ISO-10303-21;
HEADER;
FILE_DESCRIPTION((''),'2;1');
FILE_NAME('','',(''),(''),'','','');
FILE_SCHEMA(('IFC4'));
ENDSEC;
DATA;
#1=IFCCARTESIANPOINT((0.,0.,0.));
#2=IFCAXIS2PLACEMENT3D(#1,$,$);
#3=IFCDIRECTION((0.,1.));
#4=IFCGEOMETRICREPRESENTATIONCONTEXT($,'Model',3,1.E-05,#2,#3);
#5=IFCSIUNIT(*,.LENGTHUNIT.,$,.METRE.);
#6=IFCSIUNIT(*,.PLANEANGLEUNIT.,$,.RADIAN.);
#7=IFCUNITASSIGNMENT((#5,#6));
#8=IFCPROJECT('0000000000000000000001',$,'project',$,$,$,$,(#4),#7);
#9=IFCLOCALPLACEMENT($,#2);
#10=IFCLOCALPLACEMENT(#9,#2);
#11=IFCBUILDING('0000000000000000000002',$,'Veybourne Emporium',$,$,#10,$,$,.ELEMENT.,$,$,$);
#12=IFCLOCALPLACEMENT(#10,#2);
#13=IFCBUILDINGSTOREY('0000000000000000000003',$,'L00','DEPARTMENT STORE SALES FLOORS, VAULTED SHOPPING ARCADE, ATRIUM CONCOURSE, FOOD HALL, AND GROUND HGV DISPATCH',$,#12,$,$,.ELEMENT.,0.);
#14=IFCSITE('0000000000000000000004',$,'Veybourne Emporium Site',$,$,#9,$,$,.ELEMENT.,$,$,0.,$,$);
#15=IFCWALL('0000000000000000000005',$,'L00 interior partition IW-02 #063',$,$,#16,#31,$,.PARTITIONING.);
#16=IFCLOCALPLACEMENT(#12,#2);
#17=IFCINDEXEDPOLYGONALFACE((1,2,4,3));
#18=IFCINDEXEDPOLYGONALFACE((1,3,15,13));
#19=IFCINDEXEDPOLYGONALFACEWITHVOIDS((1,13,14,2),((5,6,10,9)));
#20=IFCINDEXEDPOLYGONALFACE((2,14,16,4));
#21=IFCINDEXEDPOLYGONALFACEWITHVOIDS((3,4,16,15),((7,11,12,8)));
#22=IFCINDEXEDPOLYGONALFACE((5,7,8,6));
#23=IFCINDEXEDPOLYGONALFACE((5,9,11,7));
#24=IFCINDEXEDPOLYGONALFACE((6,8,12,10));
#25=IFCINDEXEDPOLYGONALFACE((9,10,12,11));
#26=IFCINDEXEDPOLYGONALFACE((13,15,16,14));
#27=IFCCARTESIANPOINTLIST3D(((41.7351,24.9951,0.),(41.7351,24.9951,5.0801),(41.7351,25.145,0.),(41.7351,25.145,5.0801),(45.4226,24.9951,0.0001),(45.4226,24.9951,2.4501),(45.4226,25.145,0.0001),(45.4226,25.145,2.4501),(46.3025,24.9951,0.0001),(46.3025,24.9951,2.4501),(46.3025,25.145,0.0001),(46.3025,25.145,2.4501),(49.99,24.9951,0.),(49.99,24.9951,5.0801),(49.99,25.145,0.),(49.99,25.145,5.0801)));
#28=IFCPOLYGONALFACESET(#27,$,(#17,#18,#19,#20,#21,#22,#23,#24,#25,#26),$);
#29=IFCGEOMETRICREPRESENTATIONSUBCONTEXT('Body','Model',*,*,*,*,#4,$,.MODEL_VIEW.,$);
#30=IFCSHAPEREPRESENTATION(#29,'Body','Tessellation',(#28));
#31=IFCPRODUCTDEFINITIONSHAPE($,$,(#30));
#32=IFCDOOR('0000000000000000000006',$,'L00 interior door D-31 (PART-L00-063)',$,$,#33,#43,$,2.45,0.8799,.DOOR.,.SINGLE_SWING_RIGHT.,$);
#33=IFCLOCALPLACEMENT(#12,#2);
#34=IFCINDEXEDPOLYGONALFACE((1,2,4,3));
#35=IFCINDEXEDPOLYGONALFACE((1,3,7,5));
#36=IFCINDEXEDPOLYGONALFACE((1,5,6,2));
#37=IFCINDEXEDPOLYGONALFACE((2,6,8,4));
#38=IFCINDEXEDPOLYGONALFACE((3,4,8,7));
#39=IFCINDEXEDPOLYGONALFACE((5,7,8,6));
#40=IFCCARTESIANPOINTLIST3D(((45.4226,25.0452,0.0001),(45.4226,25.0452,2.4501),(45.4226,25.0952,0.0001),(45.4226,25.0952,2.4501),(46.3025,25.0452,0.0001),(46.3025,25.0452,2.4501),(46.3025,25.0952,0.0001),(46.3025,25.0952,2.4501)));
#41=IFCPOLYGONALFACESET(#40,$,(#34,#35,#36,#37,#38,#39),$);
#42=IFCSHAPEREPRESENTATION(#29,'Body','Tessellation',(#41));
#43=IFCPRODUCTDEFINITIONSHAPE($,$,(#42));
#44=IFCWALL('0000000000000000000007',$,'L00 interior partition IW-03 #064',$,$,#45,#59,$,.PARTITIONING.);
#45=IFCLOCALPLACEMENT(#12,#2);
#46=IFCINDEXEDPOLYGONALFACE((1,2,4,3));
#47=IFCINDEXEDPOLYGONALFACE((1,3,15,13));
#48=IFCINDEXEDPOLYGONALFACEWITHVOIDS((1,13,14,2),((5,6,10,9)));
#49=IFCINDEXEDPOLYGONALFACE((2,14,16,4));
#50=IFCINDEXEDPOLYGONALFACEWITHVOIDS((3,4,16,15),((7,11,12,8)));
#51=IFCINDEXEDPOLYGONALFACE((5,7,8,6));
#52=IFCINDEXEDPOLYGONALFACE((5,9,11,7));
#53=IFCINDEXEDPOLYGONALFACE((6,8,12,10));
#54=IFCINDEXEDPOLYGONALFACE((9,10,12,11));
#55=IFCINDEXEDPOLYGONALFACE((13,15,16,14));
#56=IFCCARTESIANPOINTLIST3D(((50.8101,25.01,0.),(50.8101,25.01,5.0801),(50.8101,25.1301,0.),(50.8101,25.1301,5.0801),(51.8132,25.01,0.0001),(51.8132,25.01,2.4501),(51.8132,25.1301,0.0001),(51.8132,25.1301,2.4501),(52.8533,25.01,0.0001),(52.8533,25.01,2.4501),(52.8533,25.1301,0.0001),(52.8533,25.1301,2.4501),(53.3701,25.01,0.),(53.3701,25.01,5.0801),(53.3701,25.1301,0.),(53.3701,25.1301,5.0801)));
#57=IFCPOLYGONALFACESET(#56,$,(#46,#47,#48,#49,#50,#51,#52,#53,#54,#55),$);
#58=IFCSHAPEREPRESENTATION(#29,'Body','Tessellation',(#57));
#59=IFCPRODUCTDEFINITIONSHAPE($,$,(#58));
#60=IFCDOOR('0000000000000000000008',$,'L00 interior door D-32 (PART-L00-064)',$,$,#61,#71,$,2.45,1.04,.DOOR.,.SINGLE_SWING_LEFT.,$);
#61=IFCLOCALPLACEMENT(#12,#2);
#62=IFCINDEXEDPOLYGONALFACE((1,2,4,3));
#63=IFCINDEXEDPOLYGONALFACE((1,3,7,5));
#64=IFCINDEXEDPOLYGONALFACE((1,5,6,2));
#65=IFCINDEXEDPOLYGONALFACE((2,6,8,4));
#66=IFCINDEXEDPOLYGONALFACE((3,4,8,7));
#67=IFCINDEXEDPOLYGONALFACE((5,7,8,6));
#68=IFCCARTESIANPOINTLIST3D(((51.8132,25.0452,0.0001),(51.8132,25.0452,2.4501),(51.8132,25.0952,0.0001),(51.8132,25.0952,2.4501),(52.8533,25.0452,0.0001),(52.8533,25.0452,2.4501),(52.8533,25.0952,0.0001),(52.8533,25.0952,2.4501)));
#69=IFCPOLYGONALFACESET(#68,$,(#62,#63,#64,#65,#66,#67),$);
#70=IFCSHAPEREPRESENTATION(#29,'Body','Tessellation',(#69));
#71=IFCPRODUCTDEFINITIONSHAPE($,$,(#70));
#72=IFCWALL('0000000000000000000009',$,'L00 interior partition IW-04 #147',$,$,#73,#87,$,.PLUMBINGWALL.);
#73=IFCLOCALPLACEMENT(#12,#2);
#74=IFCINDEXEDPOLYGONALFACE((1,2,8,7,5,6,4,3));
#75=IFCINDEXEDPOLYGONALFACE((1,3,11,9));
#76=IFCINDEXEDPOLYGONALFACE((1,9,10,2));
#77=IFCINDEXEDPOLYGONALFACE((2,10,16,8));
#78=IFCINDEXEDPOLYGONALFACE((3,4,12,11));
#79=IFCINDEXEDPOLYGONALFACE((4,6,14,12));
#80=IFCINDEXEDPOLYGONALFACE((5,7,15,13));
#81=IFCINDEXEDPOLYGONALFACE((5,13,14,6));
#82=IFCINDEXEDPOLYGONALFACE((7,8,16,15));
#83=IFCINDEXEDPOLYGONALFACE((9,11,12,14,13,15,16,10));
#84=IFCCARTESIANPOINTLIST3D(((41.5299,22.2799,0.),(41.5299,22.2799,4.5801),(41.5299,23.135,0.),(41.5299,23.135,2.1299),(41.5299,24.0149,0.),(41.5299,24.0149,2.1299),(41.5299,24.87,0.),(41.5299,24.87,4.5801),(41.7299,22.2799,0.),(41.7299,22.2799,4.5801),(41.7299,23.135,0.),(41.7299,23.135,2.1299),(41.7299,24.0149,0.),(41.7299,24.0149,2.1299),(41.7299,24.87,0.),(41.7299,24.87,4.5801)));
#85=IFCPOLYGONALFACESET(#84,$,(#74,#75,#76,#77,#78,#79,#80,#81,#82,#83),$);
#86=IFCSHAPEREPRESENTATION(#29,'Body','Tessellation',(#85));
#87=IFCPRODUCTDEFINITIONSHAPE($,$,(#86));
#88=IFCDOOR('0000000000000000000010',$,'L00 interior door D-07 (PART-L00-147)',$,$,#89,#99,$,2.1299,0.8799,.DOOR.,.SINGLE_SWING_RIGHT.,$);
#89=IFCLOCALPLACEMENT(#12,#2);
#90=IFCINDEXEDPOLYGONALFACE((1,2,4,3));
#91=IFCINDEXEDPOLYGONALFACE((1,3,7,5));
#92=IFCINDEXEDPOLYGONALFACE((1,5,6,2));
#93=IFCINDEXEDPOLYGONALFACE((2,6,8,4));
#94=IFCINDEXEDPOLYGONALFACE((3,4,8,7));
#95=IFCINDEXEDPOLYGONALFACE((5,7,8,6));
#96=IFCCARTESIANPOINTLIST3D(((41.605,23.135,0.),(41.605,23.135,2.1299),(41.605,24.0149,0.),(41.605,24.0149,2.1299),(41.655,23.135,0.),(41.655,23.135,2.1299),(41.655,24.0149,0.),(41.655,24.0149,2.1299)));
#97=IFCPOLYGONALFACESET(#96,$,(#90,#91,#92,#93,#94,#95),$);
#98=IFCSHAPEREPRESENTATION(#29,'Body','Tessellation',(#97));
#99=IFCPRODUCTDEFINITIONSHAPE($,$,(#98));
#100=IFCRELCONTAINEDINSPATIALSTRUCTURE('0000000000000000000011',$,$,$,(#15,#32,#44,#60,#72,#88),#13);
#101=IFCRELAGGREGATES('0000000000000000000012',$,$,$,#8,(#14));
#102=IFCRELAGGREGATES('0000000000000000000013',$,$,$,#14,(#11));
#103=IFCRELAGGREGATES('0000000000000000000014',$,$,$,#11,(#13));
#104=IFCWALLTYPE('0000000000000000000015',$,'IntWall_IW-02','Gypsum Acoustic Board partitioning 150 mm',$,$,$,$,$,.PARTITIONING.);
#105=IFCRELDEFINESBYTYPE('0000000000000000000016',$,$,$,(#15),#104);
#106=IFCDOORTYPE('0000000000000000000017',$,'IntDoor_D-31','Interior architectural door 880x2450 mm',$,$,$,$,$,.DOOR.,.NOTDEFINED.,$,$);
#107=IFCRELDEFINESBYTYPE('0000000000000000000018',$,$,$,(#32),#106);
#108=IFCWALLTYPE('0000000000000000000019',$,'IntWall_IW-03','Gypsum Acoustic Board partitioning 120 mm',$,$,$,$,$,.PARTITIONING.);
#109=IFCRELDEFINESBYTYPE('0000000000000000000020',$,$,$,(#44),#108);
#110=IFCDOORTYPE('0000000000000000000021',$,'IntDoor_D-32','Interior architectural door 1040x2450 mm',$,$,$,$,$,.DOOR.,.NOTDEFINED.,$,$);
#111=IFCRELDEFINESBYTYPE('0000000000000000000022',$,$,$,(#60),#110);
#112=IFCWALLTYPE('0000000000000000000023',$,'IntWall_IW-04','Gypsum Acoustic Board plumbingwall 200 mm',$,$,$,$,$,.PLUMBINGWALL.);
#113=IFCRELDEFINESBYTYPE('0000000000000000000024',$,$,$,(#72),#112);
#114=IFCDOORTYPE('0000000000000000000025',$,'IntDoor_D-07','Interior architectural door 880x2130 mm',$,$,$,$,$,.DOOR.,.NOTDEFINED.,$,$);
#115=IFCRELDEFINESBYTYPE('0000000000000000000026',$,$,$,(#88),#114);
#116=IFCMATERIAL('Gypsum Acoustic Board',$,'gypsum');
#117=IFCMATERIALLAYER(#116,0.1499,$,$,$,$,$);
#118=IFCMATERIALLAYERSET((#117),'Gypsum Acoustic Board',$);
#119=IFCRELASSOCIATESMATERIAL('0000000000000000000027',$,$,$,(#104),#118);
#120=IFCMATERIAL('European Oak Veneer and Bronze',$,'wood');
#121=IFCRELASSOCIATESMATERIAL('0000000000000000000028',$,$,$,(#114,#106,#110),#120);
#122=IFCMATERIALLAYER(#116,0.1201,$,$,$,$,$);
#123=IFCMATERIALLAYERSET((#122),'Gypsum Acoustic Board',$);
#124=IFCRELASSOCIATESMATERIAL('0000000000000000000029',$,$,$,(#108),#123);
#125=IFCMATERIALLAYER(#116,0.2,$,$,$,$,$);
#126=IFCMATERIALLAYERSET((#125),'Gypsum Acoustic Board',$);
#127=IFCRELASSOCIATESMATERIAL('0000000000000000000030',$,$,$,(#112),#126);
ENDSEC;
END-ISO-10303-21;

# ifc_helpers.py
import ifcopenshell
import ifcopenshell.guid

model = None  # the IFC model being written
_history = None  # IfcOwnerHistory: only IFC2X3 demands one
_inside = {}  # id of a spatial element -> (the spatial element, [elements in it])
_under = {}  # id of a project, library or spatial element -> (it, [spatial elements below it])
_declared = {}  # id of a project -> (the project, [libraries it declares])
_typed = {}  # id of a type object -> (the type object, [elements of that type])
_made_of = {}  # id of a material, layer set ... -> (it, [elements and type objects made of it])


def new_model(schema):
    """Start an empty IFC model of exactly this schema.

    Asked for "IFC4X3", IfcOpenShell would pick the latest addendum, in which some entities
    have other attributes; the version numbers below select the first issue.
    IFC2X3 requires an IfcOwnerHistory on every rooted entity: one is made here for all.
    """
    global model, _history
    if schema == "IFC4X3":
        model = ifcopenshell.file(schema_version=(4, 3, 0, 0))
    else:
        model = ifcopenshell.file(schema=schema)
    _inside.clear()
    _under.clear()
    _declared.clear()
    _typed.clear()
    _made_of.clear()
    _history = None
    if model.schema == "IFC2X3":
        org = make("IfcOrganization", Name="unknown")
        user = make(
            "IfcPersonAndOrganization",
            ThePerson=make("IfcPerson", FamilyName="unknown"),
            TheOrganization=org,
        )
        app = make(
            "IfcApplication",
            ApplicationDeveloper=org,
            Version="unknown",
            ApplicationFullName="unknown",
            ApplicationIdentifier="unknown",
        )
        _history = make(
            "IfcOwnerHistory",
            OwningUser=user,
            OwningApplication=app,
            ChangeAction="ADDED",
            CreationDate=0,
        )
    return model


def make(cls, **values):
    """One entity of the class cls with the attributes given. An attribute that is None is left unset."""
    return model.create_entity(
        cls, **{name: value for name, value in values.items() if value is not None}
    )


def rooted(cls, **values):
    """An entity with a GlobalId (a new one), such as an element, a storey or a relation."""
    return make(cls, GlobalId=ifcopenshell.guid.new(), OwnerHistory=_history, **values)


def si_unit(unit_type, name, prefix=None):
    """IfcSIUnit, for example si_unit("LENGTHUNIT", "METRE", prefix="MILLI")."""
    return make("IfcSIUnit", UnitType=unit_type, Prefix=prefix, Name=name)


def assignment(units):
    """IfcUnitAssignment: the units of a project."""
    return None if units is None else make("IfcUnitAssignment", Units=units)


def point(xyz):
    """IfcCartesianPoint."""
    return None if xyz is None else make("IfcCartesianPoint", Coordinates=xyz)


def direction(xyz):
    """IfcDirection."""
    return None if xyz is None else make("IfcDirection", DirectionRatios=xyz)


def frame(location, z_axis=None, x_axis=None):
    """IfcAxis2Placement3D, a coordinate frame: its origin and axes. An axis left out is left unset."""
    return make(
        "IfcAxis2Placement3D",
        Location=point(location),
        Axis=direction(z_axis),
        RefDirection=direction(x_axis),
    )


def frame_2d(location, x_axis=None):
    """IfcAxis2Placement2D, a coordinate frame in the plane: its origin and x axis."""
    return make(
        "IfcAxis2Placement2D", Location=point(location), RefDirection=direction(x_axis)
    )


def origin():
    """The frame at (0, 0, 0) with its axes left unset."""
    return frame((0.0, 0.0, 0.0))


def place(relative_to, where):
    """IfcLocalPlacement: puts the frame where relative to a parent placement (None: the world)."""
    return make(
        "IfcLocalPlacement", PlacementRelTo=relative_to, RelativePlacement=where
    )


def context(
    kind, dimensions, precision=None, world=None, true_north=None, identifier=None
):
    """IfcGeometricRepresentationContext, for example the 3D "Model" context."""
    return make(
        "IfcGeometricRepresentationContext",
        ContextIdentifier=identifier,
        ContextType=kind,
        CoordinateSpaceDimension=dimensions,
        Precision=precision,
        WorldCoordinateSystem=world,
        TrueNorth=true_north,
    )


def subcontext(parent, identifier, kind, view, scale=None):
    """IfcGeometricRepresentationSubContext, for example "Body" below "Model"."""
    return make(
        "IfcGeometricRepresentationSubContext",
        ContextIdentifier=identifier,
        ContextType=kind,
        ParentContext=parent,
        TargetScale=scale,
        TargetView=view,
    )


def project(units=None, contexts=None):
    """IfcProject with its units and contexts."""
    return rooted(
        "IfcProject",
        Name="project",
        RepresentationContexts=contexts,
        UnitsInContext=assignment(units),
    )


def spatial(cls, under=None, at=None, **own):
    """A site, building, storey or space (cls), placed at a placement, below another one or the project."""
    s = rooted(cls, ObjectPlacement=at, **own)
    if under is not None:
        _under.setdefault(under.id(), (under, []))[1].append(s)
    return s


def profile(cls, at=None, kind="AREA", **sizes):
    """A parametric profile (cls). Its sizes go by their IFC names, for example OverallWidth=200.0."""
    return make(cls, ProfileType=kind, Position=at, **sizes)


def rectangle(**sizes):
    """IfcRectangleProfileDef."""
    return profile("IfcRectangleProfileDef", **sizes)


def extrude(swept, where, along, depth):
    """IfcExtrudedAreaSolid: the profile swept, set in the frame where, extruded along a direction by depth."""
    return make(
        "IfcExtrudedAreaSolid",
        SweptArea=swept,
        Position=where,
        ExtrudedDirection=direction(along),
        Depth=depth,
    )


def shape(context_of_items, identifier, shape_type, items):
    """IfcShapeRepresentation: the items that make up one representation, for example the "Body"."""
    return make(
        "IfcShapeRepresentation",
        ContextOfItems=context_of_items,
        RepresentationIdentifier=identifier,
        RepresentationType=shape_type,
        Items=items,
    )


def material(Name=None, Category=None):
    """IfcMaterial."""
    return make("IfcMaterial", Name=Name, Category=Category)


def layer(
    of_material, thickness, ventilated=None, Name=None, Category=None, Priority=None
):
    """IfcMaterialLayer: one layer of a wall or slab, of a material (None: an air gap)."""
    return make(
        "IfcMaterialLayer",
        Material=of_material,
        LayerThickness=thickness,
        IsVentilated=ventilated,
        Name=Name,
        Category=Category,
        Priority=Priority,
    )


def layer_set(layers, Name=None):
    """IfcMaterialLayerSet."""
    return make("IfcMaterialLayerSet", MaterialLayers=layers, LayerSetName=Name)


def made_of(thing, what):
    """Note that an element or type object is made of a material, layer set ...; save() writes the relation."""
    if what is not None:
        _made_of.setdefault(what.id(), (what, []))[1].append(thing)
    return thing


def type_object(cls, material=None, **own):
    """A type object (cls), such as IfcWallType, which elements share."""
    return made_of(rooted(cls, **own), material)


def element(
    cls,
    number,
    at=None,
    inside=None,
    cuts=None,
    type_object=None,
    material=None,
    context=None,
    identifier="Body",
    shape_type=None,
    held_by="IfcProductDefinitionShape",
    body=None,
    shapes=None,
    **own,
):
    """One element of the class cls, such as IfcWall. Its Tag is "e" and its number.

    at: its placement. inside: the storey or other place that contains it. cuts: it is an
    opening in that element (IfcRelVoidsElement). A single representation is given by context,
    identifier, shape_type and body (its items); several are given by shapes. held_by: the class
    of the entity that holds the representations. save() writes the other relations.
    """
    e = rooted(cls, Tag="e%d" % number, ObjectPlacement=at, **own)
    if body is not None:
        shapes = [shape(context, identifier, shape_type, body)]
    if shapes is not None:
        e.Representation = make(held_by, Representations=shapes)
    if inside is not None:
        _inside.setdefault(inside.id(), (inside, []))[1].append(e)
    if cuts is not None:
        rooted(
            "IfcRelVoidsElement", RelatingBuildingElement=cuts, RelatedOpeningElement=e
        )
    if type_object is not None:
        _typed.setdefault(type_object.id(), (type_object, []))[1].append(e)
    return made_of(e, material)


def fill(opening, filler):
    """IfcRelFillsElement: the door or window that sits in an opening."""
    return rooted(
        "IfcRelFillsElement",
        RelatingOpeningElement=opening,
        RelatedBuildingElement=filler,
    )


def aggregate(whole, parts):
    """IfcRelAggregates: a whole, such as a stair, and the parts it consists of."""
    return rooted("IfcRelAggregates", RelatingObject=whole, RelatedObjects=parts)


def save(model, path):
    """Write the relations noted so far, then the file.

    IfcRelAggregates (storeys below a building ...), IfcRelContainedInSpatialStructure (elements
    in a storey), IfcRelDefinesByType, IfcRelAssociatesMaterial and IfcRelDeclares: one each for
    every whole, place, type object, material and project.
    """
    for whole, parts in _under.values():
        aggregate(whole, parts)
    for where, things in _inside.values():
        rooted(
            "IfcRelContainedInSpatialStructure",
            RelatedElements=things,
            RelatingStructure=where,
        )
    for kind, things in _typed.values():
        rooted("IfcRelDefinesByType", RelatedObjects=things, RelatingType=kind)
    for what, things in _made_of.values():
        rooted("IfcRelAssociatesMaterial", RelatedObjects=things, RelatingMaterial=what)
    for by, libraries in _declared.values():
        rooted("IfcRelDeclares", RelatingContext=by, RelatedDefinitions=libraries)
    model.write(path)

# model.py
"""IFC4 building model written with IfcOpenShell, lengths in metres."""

from ifc_helpers import new_model, si_unit, direction, frame, frame_2d, origin, place, context, subcontext, project, spatial, rectangle, extrude, material, layer, layer_set, type_object, element, fill, save


model = new_model("IFC4")

# Units and contexts
model_context = context("Model", 3, precision=1e-05, world=origin(), true_north=direction((0.0, 1.0)))
body_context = subcontext(model_context, "Body", "Model", "MODEL_VIEW")
ifc_project = project(units=[si_unit("LENGTHUNIT", "METRE"), si_unit("PLANEANGLEUNIT", "RADIAN")], contexts=[model_context])

# Site, building, storey
site_placement = place(None, origin())
site = spatial("IfcSite", under=ifc_project, at=site_placement, Name="Veybourne Emporium Site", CompositionType="ELEMENT", RefElevation=0.0)
building_placement = place(site_placement, origin())
building = spatial("IfcBuilding", under=site, at=building_placement, Name="Veybourne Emporium", CompositionType="ELEMENT")
storey_placement = place(building_placement, origin())
storey = spatial("IfcBuildingStorey", under=building, at=storey_placement, Name="L00", Description="DEPARTMENT STORE SALES FLOORS, VAULTED SHOPPING ARCADE, ATRIUM CONCOURSE, FOOD HALL, AND GROUND HGV DISPATCH", CompositionType="ELEMENT", Elevation=0.0)

# Walls, openings, doors
ifc_material_1 = material(Name="Gypsum Acoustic Board", Category="gypsum")
ifc_layer_1 = layer(ifc_material_1, 0.1499)
ifc_layer_set_1 = layer_set([ifc_layer_1], Name="Gypsum Acoustic Board")
wall_type_1 = type_object("IfcWallType", Name="IntWall_IW-02", Description="Gypsum Acoustic Board partitioning 150 mm", PredefinedType="PARTITIONING", material=ifc_layer_set_1)
ifc_material_2 = material(Name="European Oak Veneer and Bronze", Category="wood")
door_type_1 = type_object("IfcDoorType", Name="IntDoor_D-07", Description="Interior architectural door 880x2130 mm", OperationType="NOTDEFINED", PredefinedType="DOOR", material=ifc_material_2)
wall_1_placement = place(storey_placement, frame((41.7351, 25.0701, 0.0), z_axis=(0.0, 0.0, 1.0), x_axis=(1.0, 0.0, 0.0)))
wall_1 = element("IfcWall", 1, at=wall_1_placement, inside=storey, type_object=wall_type_1, Name="L00 interior partition IW-02 #063", PredefinedType="PARTITIONING", context=body_context, shape_type="SweptSolid", body=[
    extrude(rectangle(XDim=8.2549, YDim=0.1499, at=frame_2d((4.1274, 0.0))), origin(), (0.0, 0.0, 1.0), 5.0801),
])
opening_1_placement = place(wall_1_placement, frame((3.6875, 0.0, 0.0)))
opening_1 = element("IfcOpeningElement", 2, at=opening_1_placement, cuts=wall_1, PredefinedType="OPENING", context=body_context, shape_type="SweptSolid", body=[
    extrude(rectangle(XDim=0.8799, YDim=2.45, at=frame_2d((0.4399, 1.2251))), frame((0.0, 0.095, 0.0), z_axis=(0.0, -1.0, 0.0), x_axis=(1.0, 0.0, 0.0)), (0.0, 0.0, 1.0), 0.1899),
])
door_type_2 = type_object("IfcDoorType", Name="IntDoor_D-31", Description="Interior architectural door 880x2450 mm", OperationType="NOTDEFINED", PredefinedType="DOOR", material=ifc_material_2)
door_1_placement = place(opening_1_placement, frame((0.8799, 0.0, 0.0), z_axis=(0.0, 0.0, 1.0), x_axis=(-1.0, 0.0, 0.0)))
door_1 = element("IfcDoor", 3, at=door_1_placement, inside=storey, type_object=door_type_2, Name="L00 interior door D-31 (PART-L00-063)", OperationType="SINGLE_SWING_RIGHT", OverallHeight=2.45, OverallWidth=0.8799, PredefinedType="DOOR", context=body_context, shape_type="SweptSolid", body=[
    extrude(rectangle(XDim=0.8799, YDim=2.45, at=frame_2d((0.4399, 1.2251))), frame((0.0, 0.0249, 0.0), z_axis=(0.0, -1.0, 0.0), x_axis=(1.0, 0.0, 0.0)), (0.0, 0.0, 1.0), 0.05),
])
fill(opening_1, door_1)
ifc_layer_2 = layer(ifc_material_1, 0.1201)
ifc_layer_set_2 = layer_set([ifc_layer_2], Name="Gypsum Acoustic Board")
wall_type_2 = type_object("IfcWallType", Name="IntWall_IW-03", Description="Gypsum Acoustic Board partitioning 120 mm", PredefinedType="PARTITIONING", material=ifc_layer_set_2)
wall_2_placement = place(storey_placement, frame((50.8101, 25.0701, 0.0), z_axis=(0.0, 0.0, 1.0), x_axis=(1.0, 0.0, 0.0)))
wall_2 = element("IfcWall", 4, at=wall_2_placement, inside=storey, type_object=wall_type_2, Name="L00 interior partition IW-03 #064", PredefinedType="PARTITIONING", context=body_context, shape_type="SweptSolid", body=[
    extrude(rectangle(XDim=2.5601, YDim=0.1201, at=frame_2d((1.28, 0.0))), origin(), (0.0, 0.0, 1.0), 5.0801),
])
opening_2_placement = place(wall_2_placement, frame((1.0032, 0.0, 0.0)))
opening_2 = element("IfcOpeningElement", 5, at=opening_2_placement, cuts=wall_2, PredefinedType="OPENING", context=body_context, shape_type="SweptSolid", body=[
    extrude(rectangle(XDim=1.04, YDim=2.45, at=frame_2d((0.52, 1.2251))), frame((0.0, 0.0801, 0.0), z_axis=(0.0, -1.0, 0.0), x_axis=(1.0, 0.0, 0.0)), (0.0, 0.0, 1.0), 0.1602),
])
door_type_3 = type_object("IfcDoorType", Name="IntDoor_D-32", Description="Interior architectural door 1040x2450 mm", OperationType="NOTDEFINED", PredefinedType="DOOR", material=ifc_material_2)
door_2_placement = place(opening_2_placement, frame((1.04, 0.0, 0.0), z_axis=(0.0, 0.0, 1.0), x_axis=(-1.0, 0.0, 0.0)))
door_2 = element("IfcDoor", 6, at=door_2_placement, inside=storey, type_object=door_type_3, Name="L00 interior door D-32 (PART-L00-064)", OperationType="SINGLE_SWING_LEFT", OverallHeight=2.45, OverallWidth=1.04, PredefinedType="DOOR", context=body_context, shape_type="SweptSolid", body=[
    extrude(rectangle(XDim=1.04, YDim=2.45, at=frame_2d((0.52, 1.2251))), frame((0.0, 0.0249, 0.0), z_axis=(0.0, -1.0, 0.0), x_axis=(1.0, 0.0, 0.0)), (0.0, 0.0, 1.0), 0.05),
])
fill(opening_2, door_2)
ifc_layer_3 = layer(ifc_material_1, 0.2)
ifc_layer_set_3 = layer_set([ifc_layer_3], Name="Gypsum Acoustic Board")
wall_type_3 = type_object("IfcWallType", Name="IntWall_IW-04", Description="Gypsum Acoustic Board plumbingwall 200 mm", PredefinedType="PLUMBINGWALL", material=ifc_layer_set_3)
wall_3_placement = place(storey_placement, frame((41.6299, 22.28, 0.0), z_axis=(0.0, 0.0, 1.0), x_axis=(0.0, 1.0, 0.0)))
wall_3 = element("IfcWall", 7, at=wall_3_placement, inside=storey, type_object=wall_type_3, Name="L00 interior partition IW-04 #147", PredefinedType="PLUMBINGWALL", context=body_context, shape_type="SweptSolid", body=[
    extrude(rectangle(XDim=2.5901, YDim=0.2, at=frame_2d((1.2949, 0.0))), origin(), (0.0, 0.0, 1.0), 4.5801),
])
opening_3_placement = place(wall_3_placement, frame((0.855, 0.0, 0.0)))
opening_3 = element("IfcOpeningElement", 8, at=opening_3_placement, cuts=wall_3, PredefinedType="OPENING", context=body_context, shape_type="SweptSolid", body=[
    extrude(rectangle(XDim=0.8799, YDim=2.1299, at=frame_2d((0.4399, 1.0649))), frame((0.0, 0.1201, 0.0), z_axis=(0.0, -1.0, 0.0), x_axis=(1.0, 0.0, 0.0)), (0.0, 0.0, 1.0), 0.24),
])
door_3_placement = place(opening_3_placement, origin())
door_3 = element("IfcDoor", 9, at=door_3_placement, inside=storey, type_object=door_type_1, Name="L00 interior door D-07 (PART-L00-147)", OperationType="SINGLE_SWING_RIGHT", OverallHeight=2.1299, OverallWidth=0.8799, PredefinedType="DOOR", context=body_context, shape_type="SweptSolid", body=[
    extrude(rectangle(XDim=0.8799, YDim=2.1299, at=frame_2d((0.4399, 1.0649))), frame((0.0, 0.0249, 0.0), z_axis=(0.0, -1.0, 0.0), x_axis=(1.0, 0.0, 0.0)), (0.0, 0.0, 1.0), 0.05),
])
fill(opening_3, door_3)

save(model, "model.ifc")
